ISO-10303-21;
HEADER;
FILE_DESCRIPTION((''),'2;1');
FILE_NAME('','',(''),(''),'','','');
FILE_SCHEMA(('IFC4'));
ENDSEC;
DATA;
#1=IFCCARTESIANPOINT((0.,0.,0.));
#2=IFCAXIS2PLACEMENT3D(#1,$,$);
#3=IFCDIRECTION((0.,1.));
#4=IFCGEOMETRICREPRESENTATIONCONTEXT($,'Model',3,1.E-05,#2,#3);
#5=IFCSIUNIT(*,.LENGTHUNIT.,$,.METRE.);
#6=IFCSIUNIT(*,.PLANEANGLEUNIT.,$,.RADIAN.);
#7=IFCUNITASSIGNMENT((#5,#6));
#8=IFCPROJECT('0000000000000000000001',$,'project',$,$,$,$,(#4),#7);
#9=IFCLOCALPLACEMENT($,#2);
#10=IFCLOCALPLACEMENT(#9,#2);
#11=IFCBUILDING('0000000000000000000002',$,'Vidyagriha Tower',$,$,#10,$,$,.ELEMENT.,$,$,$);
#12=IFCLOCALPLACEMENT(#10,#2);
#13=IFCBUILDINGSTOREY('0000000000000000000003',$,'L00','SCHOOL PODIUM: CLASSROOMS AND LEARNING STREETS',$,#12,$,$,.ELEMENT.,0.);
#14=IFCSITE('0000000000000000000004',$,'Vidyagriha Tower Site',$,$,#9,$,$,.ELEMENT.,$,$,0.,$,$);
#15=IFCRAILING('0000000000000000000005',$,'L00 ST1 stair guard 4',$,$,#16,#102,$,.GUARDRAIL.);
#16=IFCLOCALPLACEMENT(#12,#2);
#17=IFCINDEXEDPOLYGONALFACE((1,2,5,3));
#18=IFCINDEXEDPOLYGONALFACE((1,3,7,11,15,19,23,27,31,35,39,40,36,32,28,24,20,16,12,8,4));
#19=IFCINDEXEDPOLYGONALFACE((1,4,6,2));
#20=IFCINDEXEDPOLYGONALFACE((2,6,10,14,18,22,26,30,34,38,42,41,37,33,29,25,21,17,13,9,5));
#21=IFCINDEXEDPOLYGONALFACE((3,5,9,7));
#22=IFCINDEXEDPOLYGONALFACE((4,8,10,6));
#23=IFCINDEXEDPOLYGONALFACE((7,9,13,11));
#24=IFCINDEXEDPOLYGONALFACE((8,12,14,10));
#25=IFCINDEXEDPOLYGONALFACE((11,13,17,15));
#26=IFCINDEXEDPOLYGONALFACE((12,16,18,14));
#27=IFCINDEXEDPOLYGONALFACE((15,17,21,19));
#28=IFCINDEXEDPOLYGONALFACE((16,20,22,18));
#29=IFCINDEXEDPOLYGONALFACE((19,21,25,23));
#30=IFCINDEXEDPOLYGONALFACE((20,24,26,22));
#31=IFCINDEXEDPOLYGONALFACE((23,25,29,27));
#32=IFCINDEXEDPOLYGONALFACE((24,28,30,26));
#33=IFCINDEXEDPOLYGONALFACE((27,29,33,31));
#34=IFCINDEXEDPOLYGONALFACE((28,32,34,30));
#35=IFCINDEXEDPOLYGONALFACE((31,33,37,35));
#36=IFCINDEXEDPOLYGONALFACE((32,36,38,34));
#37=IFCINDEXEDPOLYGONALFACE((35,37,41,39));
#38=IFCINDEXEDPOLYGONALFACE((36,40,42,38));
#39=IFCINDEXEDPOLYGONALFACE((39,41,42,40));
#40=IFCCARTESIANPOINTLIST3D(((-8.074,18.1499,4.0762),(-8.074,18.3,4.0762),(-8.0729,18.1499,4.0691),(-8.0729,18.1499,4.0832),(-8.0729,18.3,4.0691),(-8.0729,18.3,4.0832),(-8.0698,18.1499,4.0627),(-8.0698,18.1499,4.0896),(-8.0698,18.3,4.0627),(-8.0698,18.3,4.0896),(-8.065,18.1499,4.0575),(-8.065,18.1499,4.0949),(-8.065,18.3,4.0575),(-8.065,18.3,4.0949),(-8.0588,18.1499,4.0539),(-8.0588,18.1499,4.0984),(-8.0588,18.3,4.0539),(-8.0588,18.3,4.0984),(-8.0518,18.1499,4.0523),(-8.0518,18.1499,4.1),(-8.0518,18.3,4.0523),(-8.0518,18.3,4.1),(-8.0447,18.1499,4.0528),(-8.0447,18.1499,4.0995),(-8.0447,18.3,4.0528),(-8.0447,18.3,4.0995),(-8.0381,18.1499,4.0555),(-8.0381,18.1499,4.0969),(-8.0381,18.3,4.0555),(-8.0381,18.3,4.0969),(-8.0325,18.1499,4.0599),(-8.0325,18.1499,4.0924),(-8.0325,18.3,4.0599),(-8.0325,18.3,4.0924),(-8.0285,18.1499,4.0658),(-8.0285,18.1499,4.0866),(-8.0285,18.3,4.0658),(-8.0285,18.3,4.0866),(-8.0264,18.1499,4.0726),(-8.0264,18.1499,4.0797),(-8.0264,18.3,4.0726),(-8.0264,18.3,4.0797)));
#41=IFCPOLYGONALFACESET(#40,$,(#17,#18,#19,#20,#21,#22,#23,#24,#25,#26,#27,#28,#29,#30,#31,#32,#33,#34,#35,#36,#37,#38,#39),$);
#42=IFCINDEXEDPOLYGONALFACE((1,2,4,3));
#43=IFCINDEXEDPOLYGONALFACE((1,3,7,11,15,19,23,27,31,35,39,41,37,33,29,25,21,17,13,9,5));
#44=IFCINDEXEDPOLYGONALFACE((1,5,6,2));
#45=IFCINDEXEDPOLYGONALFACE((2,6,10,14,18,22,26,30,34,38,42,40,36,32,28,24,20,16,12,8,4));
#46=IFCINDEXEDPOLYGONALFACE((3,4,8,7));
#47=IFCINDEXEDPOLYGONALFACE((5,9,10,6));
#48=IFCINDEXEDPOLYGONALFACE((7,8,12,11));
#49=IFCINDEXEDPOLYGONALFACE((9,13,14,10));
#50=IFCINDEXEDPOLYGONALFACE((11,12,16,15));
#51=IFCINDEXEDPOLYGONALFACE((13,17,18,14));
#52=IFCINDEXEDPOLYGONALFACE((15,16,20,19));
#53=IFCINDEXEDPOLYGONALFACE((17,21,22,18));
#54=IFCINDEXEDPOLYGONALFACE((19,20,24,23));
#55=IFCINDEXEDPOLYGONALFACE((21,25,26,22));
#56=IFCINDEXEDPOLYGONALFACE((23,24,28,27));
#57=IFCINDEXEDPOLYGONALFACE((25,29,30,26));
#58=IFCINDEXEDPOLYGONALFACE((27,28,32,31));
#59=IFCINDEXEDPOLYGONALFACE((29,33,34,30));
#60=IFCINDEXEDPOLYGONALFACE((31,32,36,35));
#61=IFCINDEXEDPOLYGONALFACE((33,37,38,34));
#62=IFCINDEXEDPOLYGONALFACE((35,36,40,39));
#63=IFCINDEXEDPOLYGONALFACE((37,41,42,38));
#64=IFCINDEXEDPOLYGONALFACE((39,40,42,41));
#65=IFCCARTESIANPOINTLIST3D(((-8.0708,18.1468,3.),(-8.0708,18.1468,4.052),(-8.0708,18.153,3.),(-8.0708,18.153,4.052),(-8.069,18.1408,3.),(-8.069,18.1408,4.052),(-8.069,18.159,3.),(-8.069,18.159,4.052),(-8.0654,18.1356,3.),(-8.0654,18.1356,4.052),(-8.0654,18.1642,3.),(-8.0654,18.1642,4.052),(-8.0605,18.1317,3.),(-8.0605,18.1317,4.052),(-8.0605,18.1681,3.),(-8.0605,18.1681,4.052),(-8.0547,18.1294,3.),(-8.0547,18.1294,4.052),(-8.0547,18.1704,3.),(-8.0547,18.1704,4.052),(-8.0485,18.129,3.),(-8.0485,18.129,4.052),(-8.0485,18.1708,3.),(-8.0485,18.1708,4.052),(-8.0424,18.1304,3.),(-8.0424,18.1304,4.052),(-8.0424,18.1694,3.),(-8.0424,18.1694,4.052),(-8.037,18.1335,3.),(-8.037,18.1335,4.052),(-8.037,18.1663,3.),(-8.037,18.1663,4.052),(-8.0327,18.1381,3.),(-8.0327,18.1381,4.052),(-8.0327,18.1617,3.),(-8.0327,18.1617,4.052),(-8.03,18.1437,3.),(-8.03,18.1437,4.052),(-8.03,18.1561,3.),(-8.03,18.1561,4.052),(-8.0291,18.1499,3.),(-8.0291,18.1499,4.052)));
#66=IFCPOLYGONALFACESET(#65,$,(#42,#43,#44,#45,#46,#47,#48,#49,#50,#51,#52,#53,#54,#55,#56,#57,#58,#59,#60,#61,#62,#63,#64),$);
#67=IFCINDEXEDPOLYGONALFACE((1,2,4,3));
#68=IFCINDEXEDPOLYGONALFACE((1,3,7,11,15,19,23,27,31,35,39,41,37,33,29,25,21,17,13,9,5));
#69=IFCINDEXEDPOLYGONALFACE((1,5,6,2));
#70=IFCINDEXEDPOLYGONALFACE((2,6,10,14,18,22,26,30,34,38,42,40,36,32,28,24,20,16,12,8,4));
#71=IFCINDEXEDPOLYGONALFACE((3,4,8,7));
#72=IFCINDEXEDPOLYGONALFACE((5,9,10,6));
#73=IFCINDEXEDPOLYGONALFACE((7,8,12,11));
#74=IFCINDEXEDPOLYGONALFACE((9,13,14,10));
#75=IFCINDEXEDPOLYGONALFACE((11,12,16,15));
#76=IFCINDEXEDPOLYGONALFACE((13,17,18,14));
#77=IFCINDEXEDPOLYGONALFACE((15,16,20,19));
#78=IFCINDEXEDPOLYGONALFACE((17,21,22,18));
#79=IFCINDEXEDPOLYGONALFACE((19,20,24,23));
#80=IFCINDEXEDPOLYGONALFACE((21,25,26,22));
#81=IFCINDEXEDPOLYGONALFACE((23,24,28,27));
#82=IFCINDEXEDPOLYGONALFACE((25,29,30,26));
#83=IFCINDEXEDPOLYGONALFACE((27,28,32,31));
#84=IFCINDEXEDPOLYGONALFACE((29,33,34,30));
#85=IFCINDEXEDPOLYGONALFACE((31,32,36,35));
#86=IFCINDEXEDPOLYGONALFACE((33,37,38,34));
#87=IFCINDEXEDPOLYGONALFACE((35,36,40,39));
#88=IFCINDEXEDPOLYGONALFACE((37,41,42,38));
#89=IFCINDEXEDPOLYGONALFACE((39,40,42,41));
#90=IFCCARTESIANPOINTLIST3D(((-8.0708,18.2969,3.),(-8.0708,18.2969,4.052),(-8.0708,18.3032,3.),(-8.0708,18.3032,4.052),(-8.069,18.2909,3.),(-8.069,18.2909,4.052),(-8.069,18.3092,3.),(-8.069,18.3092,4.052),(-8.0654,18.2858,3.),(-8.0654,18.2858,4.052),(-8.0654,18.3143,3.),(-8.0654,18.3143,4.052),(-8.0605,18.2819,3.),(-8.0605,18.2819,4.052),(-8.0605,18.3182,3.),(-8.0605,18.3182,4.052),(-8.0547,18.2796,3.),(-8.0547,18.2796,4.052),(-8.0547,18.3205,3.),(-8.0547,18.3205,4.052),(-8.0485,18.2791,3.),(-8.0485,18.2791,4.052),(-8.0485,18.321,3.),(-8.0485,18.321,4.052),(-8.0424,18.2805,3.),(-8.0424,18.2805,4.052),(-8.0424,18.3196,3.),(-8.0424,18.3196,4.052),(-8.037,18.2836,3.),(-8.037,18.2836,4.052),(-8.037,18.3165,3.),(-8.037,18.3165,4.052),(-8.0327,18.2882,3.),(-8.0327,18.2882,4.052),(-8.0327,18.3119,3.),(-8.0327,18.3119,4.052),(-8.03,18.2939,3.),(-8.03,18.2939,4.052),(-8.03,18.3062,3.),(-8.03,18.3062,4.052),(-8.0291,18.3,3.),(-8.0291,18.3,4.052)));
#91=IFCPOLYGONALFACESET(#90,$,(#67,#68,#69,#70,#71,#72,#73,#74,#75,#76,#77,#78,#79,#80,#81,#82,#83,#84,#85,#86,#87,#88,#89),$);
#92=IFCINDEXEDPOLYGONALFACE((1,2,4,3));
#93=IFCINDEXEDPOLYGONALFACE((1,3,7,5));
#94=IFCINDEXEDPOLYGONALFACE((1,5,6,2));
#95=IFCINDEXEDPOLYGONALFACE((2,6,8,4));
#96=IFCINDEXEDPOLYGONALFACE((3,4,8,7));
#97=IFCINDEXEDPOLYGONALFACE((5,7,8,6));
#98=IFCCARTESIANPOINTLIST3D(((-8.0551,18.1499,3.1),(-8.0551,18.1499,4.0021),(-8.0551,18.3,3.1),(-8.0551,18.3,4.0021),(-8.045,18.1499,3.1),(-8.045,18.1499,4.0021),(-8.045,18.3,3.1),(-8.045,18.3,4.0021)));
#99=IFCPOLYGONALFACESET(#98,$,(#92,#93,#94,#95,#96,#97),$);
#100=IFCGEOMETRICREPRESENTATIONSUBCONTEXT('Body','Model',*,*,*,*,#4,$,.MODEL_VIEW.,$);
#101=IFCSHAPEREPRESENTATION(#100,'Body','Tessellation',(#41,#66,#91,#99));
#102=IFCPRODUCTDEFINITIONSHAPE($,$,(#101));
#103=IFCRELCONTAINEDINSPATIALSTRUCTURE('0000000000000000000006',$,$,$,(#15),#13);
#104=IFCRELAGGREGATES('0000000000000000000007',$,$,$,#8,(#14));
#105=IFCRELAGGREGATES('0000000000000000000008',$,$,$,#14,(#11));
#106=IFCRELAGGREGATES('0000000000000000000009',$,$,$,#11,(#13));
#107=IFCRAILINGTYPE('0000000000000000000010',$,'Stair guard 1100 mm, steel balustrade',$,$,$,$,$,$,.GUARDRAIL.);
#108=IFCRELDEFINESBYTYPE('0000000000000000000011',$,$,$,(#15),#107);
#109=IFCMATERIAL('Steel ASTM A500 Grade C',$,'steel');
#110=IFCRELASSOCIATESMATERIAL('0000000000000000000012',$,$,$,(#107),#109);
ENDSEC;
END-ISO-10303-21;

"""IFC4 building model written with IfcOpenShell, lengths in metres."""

from ifc_helpers import new_model, si_unit, direction, frame, origin, origin_2d, place, context, subcontext, project, spatial, rectangle, circle, extrude, material, type_object, element, save


model = new_model("IFC4")

# Units and contexts
model_context = context("Model", 3, precision=1e-05, world=origin(), true_north=direction((0.0, 1.0)))
body_context = subcontext(model_context, "Body", "Model", "MODEL_VIEW")
ifc_project = project(units=[si_unit("LENGTHUNIT", "METRE"), si_unit("PLANEANGLEUNIT", "RADIAN")], contexts=[model_context])

# Site, building, storey
site_placement = place(None, origin())
site = spatial("IfcSite", under=ifc_project, at=site_placement, Name="Vidyagriha Tower Site", CompositionType="ELEMENT", RefElevation=0.0)
building_placement = place(site_placement, origin())
building = spatial("IfcBuilding", under=site, at=building_placement, Name="Vidyagriha Tower", CompositionType="ELEMENT")
storey_placement = place(building_placement, origin())
storey = spatial("IfcBuildingStorey", under=building, at=storey_placement, Name="L00", Description="SCHOOL PODIUM: CLASSROOMS AND LEARNING STREETS", CompositionType="ELEMENT", Elevation=0.0)

# Railing
ifc_material_1 = material(Name="Steel ASTM A500 Grade C", Category="steel")
railing_type_1 = type_object("IfcRailingType", Name="Stair guard 1100 mm, steel balustrade", PredefinedType="GUARDRAIL", material=ifc_material_1)
railing_1_placement = place(storey_placement, frame((-8.05, 18.1499, 3.0)))
element("IfcRailing", 1, at=railing_1_placement, inside=storey, type_object=railing_type_1, Name="L00 ST1 stair guard 4", PredefinedType="GUARDRAIL", context=body_context, shape_type="SweptSolid", body=[
    extrude(circle(Radius=0.0239, at=origin_2d()), frame((0.0, 0.0, 1.0762), z_axis=(0.0, 1.0, 0.0), x_axis=(-1.0, 0.0, 0.0)), (0.0, 0.0, 1.0), 0.1501),
    extrude(circle(Radius=0.021, at=origin_2d()), origin(), (0.0, 0.0, 1.0), 1.052),
    extrude(circle(Radius=0.021, at=origin_2d()), frame((0.0, 0.1501, 0.0)), (0.0, 0.0, 1.0), 1.052),
    extrude(rectangle(XDim=0.01, YDim=0.9021, at=origin_2d()), frame((0.0, 0.0, 0.551), z_axis=(0.0, 1.0, 0.0), x_axis=(-1.0, 0.0, 0.0)), (0.0, 0.0, 1.0), 0.1501),
])

save(model, "model.ifc")
